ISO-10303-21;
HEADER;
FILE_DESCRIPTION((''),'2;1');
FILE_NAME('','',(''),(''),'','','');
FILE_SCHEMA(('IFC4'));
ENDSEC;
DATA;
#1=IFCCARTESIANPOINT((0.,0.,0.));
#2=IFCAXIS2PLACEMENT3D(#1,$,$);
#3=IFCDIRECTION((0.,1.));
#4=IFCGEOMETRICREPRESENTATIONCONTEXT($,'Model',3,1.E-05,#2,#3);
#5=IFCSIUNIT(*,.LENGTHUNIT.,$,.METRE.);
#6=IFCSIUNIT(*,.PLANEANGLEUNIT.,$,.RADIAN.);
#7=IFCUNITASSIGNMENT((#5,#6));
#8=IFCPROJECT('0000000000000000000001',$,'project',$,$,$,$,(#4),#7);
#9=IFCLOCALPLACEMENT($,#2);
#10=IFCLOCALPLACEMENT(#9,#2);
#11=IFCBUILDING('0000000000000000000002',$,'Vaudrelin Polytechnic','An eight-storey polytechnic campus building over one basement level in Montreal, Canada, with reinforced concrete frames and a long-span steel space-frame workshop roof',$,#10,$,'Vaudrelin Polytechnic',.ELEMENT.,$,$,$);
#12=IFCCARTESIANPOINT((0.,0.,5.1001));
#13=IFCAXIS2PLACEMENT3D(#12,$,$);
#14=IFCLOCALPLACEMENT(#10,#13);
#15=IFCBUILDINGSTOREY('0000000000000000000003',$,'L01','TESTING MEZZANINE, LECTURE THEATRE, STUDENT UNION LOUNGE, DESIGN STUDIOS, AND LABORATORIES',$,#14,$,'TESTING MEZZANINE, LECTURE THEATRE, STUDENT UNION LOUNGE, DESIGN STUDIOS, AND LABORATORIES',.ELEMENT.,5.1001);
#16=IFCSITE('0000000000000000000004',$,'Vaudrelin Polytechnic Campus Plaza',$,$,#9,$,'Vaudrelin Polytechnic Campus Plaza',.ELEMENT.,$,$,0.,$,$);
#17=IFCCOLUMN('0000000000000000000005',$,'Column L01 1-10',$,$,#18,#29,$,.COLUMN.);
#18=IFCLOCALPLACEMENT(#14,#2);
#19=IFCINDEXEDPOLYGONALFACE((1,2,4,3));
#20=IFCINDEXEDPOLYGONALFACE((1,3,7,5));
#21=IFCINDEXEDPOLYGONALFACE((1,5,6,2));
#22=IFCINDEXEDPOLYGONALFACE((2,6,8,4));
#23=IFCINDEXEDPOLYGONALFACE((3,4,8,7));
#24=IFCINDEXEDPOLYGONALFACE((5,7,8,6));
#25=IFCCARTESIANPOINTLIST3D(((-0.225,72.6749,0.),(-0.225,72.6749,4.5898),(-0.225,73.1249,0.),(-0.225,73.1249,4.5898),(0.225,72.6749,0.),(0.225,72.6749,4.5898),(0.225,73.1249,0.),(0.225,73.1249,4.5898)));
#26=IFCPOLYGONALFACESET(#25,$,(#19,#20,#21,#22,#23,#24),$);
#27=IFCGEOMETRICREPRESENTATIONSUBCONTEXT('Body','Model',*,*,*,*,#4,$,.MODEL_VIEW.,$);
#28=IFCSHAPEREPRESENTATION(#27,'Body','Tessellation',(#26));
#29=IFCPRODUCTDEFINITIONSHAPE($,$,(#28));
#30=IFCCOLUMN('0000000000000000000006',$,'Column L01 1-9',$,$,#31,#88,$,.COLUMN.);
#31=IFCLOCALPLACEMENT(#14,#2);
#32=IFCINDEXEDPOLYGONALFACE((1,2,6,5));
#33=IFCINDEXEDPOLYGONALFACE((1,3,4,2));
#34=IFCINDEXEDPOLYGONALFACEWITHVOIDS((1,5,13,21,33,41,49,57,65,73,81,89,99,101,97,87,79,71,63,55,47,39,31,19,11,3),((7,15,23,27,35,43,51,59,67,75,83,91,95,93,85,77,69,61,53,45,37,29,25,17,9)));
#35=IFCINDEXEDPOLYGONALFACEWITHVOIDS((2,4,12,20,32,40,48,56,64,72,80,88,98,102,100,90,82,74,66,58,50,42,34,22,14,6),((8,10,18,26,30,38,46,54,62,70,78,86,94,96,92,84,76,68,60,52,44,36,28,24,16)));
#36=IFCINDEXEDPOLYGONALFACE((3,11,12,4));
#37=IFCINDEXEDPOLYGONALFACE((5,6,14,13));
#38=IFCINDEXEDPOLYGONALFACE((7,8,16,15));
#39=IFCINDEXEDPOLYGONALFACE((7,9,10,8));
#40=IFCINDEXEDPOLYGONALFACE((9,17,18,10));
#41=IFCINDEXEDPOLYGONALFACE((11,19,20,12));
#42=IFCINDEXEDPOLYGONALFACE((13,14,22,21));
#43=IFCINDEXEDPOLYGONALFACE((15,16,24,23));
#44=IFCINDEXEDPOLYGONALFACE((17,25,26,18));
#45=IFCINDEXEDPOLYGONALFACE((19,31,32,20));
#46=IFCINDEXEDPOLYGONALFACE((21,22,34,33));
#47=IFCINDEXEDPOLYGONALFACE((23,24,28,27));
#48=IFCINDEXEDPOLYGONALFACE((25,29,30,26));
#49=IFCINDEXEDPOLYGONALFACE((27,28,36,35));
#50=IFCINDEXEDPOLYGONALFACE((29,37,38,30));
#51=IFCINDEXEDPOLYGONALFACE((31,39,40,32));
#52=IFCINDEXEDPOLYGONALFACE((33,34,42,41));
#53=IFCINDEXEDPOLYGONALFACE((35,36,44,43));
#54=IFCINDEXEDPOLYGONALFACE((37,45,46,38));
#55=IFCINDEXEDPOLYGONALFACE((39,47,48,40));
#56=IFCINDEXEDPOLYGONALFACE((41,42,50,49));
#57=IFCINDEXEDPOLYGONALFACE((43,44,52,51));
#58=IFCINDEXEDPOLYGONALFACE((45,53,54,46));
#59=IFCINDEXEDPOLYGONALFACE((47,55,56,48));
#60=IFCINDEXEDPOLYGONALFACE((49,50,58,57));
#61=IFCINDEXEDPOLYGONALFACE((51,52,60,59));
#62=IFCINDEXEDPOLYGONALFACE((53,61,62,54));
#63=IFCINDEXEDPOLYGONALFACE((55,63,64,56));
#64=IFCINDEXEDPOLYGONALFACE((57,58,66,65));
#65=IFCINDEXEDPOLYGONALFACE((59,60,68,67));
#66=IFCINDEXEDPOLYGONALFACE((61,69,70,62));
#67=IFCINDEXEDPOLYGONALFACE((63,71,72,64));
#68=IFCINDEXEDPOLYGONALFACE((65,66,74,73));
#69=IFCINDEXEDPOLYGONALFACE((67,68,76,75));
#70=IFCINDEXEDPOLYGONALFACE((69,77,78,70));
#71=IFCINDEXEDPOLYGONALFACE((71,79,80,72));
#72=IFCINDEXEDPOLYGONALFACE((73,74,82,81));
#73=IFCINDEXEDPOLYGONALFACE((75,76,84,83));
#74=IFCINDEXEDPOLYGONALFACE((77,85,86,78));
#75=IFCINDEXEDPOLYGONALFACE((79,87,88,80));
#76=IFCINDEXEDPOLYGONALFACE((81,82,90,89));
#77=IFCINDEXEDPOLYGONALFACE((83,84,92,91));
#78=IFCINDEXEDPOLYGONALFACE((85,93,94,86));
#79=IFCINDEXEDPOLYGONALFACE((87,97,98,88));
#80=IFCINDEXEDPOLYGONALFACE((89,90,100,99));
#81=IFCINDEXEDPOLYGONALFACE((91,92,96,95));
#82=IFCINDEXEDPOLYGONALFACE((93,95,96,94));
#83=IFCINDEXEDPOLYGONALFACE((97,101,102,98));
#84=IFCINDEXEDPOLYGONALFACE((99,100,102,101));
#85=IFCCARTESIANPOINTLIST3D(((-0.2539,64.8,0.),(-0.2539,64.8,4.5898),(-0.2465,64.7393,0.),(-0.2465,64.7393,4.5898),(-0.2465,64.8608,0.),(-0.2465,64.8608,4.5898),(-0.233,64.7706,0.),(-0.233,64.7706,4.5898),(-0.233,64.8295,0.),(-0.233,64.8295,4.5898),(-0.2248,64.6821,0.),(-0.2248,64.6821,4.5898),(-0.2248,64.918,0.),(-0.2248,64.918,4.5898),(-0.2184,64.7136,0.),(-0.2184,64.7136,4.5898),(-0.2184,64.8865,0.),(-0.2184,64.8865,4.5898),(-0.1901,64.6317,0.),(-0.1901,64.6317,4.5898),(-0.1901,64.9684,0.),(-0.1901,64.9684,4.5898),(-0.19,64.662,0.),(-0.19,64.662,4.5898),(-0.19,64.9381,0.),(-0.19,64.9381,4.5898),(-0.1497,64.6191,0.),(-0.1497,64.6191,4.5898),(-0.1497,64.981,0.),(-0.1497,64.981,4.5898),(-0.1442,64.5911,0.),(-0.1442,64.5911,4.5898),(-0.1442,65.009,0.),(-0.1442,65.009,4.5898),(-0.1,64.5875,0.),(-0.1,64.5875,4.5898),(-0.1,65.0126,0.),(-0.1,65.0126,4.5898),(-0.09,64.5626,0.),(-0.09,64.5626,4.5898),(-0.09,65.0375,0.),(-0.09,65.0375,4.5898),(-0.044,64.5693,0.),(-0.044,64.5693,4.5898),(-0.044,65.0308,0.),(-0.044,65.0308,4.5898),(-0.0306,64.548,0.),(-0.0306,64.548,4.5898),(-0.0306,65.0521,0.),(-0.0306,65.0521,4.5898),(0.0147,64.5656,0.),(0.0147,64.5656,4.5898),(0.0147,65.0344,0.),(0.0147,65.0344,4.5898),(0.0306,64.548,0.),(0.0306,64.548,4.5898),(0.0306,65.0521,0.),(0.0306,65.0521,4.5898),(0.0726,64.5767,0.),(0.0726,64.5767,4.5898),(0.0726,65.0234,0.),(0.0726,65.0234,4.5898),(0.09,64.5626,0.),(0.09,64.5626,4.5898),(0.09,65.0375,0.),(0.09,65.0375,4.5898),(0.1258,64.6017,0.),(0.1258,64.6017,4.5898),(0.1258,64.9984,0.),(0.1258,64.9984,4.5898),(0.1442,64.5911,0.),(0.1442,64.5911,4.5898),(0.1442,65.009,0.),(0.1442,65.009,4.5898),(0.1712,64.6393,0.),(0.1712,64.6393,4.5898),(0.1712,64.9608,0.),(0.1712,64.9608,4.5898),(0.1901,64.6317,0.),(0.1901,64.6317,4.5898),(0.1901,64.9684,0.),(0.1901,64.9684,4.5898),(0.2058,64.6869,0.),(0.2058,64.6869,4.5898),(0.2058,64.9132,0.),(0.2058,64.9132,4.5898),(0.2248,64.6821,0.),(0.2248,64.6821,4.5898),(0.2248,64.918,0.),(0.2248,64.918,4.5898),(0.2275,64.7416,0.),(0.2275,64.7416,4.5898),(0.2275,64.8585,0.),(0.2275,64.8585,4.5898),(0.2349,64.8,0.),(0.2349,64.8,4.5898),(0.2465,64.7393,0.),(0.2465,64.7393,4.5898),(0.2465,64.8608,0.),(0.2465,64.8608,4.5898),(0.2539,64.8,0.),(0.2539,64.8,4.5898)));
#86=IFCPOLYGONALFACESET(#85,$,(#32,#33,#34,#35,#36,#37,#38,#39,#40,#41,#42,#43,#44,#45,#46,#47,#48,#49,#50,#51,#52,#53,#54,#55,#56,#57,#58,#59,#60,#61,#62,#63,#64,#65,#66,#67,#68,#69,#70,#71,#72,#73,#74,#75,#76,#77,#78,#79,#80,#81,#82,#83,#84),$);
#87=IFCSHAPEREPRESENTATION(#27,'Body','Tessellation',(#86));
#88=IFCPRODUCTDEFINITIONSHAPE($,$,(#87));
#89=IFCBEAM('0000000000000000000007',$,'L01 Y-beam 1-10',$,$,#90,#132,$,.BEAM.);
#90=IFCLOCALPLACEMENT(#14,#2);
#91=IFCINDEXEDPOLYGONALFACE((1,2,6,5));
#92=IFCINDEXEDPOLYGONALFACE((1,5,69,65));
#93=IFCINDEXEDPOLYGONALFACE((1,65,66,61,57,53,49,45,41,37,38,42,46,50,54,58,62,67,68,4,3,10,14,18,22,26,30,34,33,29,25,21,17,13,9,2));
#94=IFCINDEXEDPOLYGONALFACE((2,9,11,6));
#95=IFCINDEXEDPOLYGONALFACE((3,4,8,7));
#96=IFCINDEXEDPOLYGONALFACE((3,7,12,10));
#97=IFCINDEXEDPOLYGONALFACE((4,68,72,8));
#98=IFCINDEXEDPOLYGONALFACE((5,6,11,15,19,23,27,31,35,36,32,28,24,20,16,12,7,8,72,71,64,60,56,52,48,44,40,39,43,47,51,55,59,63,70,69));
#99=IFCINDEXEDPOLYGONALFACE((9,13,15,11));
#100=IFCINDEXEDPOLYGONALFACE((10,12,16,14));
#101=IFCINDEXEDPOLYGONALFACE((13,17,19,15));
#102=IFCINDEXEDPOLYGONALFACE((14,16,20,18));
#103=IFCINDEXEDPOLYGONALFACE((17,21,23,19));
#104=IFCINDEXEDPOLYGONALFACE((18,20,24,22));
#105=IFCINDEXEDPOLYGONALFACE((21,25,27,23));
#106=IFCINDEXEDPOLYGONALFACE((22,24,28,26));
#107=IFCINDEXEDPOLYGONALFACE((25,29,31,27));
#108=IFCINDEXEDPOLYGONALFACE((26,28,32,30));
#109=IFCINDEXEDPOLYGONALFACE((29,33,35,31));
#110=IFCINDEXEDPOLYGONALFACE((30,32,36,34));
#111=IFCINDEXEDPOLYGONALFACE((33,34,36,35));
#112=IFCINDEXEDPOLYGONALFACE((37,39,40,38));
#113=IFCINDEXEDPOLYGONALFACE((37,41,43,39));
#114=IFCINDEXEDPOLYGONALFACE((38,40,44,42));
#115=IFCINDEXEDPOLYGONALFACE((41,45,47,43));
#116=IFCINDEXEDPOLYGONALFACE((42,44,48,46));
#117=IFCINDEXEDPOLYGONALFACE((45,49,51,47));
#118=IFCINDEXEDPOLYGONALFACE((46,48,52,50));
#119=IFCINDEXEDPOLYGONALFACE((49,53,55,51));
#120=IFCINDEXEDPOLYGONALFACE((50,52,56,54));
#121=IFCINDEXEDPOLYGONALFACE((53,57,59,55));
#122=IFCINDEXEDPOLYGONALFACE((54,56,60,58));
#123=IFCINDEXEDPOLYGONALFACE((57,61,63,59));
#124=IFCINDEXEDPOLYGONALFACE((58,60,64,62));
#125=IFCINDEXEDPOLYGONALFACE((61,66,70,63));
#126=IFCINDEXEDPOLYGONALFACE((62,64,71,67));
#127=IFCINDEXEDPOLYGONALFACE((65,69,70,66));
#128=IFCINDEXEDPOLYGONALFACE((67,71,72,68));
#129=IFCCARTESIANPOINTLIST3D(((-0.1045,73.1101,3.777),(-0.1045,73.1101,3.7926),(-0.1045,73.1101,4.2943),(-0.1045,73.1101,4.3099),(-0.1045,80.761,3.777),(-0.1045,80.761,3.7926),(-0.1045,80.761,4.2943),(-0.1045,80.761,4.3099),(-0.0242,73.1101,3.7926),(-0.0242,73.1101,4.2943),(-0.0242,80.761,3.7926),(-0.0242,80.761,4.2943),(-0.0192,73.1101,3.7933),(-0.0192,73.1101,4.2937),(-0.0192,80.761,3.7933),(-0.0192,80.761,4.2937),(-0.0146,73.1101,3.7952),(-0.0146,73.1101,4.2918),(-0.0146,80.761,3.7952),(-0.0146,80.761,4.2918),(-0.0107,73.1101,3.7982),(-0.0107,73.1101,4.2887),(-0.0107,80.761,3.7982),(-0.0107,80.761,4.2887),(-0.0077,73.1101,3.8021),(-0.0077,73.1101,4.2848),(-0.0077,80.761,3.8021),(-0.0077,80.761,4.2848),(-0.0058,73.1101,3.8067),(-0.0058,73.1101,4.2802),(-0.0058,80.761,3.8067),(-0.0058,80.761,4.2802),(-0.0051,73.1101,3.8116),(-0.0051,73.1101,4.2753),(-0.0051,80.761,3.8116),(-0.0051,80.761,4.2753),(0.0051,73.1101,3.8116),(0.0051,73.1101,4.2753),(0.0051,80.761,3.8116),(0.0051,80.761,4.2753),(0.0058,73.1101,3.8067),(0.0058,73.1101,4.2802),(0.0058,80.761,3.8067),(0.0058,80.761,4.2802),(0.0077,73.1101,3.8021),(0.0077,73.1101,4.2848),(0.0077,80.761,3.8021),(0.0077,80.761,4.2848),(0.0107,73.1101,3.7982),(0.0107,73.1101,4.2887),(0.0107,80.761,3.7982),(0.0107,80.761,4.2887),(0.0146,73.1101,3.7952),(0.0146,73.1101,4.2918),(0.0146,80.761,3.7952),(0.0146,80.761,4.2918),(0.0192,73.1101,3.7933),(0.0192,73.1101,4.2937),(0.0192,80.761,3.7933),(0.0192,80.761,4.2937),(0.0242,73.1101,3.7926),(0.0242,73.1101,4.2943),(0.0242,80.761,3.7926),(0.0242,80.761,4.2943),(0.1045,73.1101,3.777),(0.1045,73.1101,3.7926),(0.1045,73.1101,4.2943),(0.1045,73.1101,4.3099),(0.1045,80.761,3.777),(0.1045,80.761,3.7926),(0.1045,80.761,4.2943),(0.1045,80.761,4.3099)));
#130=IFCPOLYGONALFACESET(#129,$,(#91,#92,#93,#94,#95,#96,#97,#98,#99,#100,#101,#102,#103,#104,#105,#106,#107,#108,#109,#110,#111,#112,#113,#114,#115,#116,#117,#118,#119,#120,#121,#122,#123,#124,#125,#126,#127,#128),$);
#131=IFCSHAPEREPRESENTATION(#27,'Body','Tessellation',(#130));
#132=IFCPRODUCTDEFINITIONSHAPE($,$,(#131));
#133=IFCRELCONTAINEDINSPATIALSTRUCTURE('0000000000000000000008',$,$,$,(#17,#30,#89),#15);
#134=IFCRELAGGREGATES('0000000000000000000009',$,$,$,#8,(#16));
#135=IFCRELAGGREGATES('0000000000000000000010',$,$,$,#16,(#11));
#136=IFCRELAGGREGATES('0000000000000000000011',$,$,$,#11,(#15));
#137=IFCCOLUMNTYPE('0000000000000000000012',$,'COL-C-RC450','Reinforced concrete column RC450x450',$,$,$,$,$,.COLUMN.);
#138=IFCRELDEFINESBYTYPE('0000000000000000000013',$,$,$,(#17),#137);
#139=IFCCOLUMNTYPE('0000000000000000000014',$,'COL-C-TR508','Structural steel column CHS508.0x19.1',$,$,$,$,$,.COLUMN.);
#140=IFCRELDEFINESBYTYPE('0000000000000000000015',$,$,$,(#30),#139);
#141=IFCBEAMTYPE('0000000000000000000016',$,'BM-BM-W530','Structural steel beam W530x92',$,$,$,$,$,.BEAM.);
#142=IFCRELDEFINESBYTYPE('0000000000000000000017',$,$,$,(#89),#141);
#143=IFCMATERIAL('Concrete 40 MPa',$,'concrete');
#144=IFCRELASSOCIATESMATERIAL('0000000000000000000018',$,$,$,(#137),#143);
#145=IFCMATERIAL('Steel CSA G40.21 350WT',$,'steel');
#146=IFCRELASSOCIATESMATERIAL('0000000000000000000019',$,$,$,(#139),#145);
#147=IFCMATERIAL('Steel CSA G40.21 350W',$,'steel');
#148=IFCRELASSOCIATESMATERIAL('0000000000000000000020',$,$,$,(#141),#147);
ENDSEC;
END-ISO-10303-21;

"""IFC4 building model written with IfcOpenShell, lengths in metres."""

from ifc_helpers import new_model, si_unit, direction, frame, origin, origin_2d, place, context, subcontext, project, spatial, rectangle, hollow_circle, i_section, extrude, material, material_profile, profile_set, type_object, element, save


model = new_model("IFC4")

# Units and contexts
model_context = context("Model", 3, precision=1e-05, world=origin(), true_north=direction((0.0, 1.0)))
body_context = subcontext(model_context, "Body", "Model", "MODEL_VIEW")
ifc_project = project(units=[si_unit("LENGTHUNIT", "METRE"), si_unit("PLANEANGLEUNIT", "RADIAN")], contexts=[model_context])

# Site, building, storey
site_placement = place(None, origin())
site = spatial("IfcSite", under=ifc_project, at=site_placement, Name="Vaudrelin Polytechnic Campus Plaza", LongName="Vaudrelin Polytechnic Campus Plaza", CompositionType="ELEMENT", RefElevation=0.0)
building_placement = place(site_placement, origin())
building = spatial("IfcBuilding", under=site, at=building_placement, Name="Vaudrelin Polytechnic", Description="An eight-storey polytechnic campus building over one basement level in Montreal, Canada, with reinforced concrete frames and a long-span steel space-frame workshop roof", LongName="Vaudrelin Polytechnic", CompositionType="ELEMENT")
storey_placement = place(building_placement, frame((0.0, 0.0, 5.1001)))
storey = spatial("IfcBuildingStorey", under=building, at=storey_placement, Name="L01", Description="TESTING MEZZANINE, LECTURE THEATRE, STUDENT UNION LOUNGE, DESIGN STUDIOS, AND LABORATORIES", LongName="TESTING MEZZANINE, LECTURE THEATRE, STUDENT UNION LOUNGE, DESIGN STUDIOS, AND LABORATORIES", CompositionType="ELEMENT", Elevation=5.1001)

# Columns
ifc_material_1 = material(Name="Concrete 40 MPa", Category="concrete")
ifc_material_profile_1 = material_profile(ifc_material_1, rectangle(XDim=0.45, YDim=0.45, at=origin_2d()), Name="RC450x450")
ifc_profile_set_1 = profile_set([ifc_material_profile_1], Name="Concrete 40 MPa")
column_type_1 = type_object("IfcColumnType", Name="COL-C-RC450", Description="Reinforced concrete column RC450x450", PredefinedType="COLUMN", material=ifc_profile_set_1)
column_1_placement = place(storey_placement, frame((0.0, 72.8999, 0.0), z_axis=(0.0, 0.0, 1.0), x_axis=(1.0, 0.0, 0.0)))
element("IfcColumn", 1, at=column_1_placement, inside=storey, type_object=column_type_1, Name="Column L01 1-10", PredefinedType="COLUMN", context=body_context, shape_type="SweptSolid", body=[
    extrude(rectangle(XDim=0.45, YDim=0.45, at=origin_2d()), origin(), (0.0, 0.0, 1.0), 4.5898),
])
ifc_material_2 = material(Name="Steel CSA G40.21 350WT", Category="steel")
ifc_material_profile_2 = material_profile(ifc_material_2, hollow_circle(Radius=0.2539, WallThickness=0.019, at=origin_2d()), Name="CHS508.0x19.1")
ifc_profile_set_2 = profile_set([ifc_material_profile_2], Name="Steel CSA G40.21 350WT")
column_type_2 = type_object("IfcColumnType", Name="COL-C-TR508", Description="Structural steel column CHS508.0x19.1", PredefinedType="COLUMN", material=ifc_profile_set_2)
column_2_placement = place(storey_placement, frame((0.0, 64.8, 0.0), z_axis=(0.0, 0.0, 1.0), x_axis=(1.0, 0.0, 0.0)))
element("IfcColumn", 2, at=column_2_placement, inside=storey, type_object=column_type_2, Name="Column L01 1-9", PredefinedType="COLUMN", context=body_context, shape_type="SweptSolid", body=[
    extrude(hollow_circle(Radius=0.2539, WallThickness=0.019, at=origin_2d()), origin(), (0.0, 0.0, 1.0), 4.5898),
])

# Beam
ifc_material_3 = material(Name="Steel CSA G40.21 350W", Category="steel")
ifc_material_profile_3 = material_profile(ifc_material_3, i_section(OverallWidth=0.209, OverallDepth=0.533, WebThickness=0.0103, FlangeThickness=0.0156, FilletRadius=0.019, at=origin_2d()), Name="W530x92")
ifc_profile_set_3 = profile_set([ifc_material_profile_3], Name="Steel CSA G40.21 350W")
beam_type_1 = type_object("IfcBeamType", Name="BM-BM-W530", Description="Structural steel beam W530x92", PredefinedType="BEAM", material=ifc_profile_set_3)
beam_1_placement = place(storey_placement, frame((0.0, 73.1101, 4.0435), z_axis=(0.0, 1.0, 0.0), x_axis=(-1.0, 0.0, 0.0)))
element("IfcBeam", 3, at=beam_1_placement, inside=storey, type_object=beam_type_1, Name="L01 Y-beam 1-10", PredefinedType="BEAM", context=body_context, shape_type="SweptSolid", body=[
    extrude(i_section(OverallWidth=0.209, OverallDepth=0.533, WebThickness=0.0103, FlangeThickness=0.0156, FilletRadius=0.019, at=origin_2d()), origin(), (0.0, 0.0, 1.0), 7.6509),
])

save(model, "model.ifc")
